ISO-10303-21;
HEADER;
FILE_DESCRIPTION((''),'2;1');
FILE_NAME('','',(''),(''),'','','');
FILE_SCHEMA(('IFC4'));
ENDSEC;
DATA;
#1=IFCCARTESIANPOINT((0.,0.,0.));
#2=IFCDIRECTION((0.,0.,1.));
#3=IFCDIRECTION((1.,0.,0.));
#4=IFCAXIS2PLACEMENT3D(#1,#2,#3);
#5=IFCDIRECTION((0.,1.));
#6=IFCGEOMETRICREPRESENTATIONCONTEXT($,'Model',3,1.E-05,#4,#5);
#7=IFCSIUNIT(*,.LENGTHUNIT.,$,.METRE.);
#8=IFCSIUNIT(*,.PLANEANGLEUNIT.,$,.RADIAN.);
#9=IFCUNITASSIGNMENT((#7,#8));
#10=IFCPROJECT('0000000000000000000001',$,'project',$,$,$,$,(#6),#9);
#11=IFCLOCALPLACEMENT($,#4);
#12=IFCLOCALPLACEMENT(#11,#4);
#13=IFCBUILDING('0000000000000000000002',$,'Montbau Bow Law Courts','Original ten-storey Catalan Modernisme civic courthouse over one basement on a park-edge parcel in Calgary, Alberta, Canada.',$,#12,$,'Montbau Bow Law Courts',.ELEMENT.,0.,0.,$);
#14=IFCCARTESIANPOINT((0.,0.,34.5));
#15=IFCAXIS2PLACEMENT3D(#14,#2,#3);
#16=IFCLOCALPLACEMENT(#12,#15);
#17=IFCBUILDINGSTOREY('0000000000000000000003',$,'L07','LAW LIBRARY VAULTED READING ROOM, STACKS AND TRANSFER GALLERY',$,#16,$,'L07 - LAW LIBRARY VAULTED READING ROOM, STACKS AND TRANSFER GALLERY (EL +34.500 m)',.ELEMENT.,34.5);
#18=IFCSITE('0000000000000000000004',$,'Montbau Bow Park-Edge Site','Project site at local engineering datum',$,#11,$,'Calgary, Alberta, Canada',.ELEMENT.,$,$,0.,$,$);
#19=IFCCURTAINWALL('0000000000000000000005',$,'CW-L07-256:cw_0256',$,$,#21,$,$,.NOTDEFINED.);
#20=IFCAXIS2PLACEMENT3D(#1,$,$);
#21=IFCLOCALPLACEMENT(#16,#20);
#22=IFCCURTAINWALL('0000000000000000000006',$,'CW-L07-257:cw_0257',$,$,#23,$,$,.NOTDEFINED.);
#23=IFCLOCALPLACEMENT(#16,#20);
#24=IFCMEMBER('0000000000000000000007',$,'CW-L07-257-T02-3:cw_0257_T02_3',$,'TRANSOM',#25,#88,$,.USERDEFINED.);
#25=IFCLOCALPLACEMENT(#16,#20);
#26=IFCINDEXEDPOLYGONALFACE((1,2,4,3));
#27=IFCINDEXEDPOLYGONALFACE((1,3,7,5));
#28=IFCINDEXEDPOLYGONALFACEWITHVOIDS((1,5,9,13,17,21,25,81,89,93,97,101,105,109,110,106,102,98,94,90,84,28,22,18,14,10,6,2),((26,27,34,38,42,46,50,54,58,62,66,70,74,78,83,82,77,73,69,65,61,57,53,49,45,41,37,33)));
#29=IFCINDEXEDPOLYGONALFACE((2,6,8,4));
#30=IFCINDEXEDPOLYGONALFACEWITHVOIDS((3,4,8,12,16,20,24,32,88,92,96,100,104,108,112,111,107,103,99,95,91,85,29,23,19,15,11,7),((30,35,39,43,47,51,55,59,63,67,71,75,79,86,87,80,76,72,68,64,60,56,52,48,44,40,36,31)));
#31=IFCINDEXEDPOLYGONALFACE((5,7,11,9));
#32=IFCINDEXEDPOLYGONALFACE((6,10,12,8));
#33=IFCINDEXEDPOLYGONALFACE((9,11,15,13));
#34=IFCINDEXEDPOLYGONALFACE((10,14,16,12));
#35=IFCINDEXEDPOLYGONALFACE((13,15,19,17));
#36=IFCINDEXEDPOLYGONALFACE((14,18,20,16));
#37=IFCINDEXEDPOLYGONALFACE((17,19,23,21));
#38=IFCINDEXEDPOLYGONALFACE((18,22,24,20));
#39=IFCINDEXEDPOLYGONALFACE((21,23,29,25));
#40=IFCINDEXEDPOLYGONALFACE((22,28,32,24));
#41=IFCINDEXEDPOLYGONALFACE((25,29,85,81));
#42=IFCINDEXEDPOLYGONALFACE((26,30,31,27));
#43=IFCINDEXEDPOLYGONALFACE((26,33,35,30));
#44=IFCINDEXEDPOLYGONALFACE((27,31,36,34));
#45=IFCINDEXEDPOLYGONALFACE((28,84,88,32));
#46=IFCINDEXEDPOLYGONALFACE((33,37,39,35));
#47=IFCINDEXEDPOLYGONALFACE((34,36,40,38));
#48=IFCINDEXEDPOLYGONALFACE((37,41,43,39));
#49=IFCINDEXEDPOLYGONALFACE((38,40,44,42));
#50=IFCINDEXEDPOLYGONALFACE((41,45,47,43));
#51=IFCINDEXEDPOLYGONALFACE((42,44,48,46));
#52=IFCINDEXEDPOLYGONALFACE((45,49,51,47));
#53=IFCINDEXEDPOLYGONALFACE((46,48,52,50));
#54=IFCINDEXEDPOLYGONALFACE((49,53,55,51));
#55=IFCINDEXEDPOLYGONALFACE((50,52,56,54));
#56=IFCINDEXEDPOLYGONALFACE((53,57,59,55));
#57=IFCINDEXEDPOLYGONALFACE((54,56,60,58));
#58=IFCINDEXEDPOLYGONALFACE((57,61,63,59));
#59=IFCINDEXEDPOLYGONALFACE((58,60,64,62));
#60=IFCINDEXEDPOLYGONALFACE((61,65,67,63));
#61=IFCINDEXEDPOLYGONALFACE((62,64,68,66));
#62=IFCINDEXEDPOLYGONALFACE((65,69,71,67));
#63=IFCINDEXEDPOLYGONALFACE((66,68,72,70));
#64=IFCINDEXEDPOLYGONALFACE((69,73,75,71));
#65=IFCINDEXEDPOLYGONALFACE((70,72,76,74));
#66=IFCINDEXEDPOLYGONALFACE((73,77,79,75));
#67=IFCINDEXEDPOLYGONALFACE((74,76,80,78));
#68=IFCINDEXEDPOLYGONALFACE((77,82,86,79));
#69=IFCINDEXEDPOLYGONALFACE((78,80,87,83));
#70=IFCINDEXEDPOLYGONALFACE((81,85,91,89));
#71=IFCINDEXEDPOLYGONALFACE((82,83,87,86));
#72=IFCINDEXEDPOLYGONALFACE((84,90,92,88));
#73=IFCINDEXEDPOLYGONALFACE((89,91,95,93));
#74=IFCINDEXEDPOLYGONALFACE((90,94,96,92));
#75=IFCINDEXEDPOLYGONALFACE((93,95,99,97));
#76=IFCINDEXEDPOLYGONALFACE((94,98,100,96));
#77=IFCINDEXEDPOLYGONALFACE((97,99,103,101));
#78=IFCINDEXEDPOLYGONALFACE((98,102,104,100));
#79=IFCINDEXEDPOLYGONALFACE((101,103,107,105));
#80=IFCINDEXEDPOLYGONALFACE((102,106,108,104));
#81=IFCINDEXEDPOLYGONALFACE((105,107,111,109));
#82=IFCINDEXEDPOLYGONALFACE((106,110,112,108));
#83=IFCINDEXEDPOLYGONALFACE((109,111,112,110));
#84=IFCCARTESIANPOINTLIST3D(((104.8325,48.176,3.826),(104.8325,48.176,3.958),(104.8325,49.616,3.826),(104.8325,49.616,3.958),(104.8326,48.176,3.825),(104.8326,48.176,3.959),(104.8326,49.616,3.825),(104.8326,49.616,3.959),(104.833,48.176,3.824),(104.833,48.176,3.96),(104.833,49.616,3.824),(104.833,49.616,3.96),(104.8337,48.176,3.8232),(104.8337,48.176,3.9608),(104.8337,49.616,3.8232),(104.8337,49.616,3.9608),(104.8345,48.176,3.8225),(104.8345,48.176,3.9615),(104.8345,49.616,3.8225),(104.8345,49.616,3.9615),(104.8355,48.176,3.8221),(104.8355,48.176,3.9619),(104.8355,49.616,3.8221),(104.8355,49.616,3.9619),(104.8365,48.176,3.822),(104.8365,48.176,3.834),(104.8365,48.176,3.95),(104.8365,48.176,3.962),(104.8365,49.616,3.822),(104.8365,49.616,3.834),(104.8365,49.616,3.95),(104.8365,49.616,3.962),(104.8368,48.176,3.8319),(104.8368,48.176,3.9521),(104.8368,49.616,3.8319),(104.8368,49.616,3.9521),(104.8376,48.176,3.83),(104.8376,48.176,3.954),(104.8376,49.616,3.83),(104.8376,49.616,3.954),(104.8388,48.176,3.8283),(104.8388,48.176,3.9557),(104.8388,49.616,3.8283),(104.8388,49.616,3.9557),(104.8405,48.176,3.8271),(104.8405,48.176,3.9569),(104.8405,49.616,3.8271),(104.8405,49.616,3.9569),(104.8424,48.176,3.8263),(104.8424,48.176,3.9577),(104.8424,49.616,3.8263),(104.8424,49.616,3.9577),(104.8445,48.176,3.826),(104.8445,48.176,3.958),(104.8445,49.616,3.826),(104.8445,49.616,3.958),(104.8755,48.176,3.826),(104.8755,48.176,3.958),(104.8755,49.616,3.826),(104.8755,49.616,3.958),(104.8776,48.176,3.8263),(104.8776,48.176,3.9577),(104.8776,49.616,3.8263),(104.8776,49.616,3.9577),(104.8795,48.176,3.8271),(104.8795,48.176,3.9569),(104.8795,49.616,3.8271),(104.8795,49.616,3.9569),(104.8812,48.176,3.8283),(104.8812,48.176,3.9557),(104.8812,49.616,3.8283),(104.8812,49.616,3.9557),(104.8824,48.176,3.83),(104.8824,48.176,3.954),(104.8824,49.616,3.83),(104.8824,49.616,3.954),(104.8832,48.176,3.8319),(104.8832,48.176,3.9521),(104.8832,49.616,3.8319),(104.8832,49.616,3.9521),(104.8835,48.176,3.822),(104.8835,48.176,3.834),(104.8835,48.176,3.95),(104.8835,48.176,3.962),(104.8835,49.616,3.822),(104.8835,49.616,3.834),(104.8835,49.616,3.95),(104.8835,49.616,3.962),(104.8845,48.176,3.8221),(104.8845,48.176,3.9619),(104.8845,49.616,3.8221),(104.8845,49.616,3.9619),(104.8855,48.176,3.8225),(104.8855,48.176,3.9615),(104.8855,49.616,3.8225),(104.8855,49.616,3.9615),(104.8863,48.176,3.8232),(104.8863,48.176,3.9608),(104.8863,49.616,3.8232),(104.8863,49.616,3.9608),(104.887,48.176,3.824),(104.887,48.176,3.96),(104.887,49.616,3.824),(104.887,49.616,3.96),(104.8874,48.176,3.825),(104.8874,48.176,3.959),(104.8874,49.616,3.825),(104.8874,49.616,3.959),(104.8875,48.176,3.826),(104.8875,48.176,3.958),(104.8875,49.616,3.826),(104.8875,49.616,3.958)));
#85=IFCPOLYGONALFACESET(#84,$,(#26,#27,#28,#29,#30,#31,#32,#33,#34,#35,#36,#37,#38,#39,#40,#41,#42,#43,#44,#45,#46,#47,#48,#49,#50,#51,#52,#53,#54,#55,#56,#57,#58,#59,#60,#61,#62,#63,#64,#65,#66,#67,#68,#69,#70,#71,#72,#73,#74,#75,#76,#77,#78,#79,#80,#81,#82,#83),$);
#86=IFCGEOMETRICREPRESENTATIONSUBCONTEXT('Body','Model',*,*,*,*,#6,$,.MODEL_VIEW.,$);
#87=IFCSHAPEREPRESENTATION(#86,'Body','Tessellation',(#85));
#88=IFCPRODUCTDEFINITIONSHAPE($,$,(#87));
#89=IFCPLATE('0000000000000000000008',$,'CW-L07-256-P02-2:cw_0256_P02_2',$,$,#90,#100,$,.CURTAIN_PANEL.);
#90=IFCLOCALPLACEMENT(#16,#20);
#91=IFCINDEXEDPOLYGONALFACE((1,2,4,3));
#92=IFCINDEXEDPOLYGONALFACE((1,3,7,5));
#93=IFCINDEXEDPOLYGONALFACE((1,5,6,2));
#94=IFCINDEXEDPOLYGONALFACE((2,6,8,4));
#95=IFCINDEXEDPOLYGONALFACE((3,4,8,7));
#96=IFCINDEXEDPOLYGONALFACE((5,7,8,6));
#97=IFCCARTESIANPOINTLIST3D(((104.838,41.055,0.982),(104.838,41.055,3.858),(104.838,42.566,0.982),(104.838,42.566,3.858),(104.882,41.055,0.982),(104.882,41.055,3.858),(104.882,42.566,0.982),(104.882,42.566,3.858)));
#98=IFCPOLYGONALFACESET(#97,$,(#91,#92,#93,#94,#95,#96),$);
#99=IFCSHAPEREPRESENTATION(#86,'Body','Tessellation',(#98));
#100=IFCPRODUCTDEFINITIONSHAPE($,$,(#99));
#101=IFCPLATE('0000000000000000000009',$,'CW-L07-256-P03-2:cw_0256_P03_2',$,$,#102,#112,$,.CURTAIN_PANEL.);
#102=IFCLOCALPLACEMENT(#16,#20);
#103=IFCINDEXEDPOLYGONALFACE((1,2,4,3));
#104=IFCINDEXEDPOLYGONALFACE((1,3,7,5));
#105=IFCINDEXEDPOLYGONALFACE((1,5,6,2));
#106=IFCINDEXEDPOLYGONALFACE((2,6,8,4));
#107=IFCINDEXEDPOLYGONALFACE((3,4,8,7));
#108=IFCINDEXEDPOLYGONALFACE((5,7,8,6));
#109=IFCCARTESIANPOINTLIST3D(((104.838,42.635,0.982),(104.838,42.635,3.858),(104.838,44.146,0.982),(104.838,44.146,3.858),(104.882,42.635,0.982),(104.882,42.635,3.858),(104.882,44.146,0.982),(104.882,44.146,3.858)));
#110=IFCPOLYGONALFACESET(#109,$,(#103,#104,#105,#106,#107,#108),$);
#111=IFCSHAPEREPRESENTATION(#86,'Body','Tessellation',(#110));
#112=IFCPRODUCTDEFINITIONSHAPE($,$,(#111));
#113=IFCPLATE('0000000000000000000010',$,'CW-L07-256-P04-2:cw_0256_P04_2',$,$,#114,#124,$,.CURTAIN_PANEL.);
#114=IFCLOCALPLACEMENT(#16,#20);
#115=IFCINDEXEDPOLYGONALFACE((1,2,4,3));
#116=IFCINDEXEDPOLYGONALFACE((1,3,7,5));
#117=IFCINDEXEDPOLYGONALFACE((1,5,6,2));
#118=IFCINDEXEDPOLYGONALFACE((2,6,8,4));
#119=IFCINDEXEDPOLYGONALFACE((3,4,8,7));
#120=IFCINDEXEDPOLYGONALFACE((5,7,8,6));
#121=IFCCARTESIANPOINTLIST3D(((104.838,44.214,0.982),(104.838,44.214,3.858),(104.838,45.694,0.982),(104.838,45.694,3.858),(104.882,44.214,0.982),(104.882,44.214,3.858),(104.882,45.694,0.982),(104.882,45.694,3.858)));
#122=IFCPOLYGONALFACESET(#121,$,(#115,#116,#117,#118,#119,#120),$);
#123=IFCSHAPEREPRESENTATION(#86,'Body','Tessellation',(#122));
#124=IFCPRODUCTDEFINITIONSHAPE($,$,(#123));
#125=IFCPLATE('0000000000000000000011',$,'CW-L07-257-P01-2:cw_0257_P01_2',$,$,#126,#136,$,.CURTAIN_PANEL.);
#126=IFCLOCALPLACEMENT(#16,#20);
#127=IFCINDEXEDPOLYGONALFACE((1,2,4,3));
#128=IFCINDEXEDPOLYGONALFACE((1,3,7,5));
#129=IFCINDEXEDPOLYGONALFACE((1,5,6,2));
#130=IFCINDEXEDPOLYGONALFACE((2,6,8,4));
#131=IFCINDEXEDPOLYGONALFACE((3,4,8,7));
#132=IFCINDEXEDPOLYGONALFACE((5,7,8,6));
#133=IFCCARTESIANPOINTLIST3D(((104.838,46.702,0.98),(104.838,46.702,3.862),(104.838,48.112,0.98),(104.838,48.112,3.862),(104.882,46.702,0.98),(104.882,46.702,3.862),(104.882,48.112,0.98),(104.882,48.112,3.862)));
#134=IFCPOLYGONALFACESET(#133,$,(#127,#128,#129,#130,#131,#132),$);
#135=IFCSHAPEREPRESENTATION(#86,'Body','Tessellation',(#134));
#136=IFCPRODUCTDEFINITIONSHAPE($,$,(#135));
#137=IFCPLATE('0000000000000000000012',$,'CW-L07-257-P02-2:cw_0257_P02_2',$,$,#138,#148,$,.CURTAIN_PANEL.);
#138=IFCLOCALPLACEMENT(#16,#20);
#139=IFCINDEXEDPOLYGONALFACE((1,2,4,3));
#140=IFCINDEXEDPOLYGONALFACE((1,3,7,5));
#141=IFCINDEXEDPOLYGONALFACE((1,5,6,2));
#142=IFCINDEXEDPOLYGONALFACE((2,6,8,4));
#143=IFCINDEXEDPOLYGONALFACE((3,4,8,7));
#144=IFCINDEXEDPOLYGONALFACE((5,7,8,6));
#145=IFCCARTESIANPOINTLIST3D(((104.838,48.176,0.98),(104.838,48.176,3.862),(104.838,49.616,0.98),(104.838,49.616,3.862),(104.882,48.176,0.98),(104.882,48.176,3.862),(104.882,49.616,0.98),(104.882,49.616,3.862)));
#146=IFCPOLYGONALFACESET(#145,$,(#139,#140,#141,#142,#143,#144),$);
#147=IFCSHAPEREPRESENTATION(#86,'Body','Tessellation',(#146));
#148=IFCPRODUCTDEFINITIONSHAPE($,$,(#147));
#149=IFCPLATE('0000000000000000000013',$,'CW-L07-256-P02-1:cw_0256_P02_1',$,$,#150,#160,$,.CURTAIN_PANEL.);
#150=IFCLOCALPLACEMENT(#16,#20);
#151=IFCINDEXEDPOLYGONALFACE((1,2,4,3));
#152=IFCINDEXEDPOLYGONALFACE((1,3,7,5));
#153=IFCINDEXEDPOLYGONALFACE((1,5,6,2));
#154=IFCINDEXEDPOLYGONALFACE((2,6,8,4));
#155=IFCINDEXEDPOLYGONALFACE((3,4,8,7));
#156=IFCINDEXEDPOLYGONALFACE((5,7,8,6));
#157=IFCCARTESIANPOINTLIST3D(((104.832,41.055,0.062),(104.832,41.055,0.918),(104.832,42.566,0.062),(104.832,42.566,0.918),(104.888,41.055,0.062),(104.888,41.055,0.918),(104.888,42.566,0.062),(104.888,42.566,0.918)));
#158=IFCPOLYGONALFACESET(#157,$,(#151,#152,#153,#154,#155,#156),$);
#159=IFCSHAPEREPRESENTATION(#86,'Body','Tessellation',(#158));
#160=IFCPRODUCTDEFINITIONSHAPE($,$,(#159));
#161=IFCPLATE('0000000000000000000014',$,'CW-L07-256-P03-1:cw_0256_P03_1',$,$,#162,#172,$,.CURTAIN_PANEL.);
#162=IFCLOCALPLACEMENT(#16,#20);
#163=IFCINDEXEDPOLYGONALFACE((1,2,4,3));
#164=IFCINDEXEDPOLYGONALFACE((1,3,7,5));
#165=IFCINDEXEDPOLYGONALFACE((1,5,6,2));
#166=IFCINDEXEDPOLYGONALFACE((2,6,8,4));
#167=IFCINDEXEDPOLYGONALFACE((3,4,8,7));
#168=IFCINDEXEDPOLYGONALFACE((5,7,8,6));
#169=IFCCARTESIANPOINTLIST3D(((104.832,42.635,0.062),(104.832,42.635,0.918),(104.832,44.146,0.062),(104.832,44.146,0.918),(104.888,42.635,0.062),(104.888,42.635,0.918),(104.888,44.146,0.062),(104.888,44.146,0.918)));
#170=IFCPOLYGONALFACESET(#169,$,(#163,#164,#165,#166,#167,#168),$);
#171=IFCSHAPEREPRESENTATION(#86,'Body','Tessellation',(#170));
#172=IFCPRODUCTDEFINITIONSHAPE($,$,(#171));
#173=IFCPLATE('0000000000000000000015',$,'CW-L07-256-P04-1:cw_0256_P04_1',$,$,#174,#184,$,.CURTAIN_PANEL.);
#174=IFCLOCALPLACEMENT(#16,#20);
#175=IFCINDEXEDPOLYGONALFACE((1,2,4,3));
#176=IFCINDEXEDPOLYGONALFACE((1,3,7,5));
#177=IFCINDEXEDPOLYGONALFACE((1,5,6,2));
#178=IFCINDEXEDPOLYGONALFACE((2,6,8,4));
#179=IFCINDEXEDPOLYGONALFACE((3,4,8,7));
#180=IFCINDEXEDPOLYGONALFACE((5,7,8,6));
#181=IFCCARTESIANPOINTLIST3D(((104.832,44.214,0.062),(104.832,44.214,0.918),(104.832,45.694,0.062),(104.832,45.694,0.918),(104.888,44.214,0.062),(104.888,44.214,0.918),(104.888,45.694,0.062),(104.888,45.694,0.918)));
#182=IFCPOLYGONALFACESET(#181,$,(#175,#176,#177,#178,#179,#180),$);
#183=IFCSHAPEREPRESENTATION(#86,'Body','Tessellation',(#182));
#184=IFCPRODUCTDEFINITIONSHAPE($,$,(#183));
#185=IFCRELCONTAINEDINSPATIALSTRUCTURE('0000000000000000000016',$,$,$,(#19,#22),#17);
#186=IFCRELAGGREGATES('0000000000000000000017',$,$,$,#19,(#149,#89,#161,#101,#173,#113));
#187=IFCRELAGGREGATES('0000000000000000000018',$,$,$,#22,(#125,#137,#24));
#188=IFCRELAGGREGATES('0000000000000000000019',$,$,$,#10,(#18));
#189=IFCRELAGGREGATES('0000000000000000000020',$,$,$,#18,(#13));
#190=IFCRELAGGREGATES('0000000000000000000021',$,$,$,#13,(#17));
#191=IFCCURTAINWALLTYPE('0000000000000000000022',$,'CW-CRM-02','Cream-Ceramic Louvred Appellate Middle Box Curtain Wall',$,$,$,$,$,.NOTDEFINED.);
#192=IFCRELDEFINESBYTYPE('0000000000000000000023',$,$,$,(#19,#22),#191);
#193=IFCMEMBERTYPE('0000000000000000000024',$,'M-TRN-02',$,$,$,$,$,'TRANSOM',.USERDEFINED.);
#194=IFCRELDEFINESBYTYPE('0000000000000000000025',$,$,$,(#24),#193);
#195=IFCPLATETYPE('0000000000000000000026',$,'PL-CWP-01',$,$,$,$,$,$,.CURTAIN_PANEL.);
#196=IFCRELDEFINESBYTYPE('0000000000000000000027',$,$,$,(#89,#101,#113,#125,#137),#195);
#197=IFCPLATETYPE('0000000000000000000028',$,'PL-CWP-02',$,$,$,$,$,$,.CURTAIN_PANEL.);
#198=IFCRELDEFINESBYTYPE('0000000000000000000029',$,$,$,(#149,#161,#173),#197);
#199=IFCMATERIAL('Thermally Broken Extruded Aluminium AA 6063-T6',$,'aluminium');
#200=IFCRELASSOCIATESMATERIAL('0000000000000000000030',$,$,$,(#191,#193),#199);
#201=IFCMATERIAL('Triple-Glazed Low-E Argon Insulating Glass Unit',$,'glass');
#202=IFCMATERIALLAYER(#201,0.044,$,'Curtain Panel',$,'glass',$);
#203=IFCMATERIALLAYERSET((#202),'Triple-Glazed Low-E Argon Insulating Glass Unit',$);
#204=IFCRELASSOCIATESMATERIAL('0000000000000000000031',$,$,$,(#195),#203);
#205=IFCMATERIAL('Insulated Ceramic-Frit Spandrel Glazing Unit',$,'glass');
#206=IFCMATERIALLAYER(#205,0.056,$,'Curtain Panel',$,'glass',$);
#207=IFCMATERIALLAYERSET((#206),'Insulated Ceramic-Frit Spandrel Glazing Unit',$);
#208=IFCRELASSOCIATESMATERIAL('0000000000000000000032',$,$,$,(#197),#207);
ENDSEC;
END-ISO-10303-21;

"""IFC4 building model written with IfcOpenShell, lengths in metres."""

from ifc_helpers import new_model, si_unit, direction, frame, frame_2d, origin_with_axes, origin_2d_with_axis, place, context, subcontext, project, spatial, rectangle, hollow_rectangle, extrude, material, layer, layer_set, material_profile, profile_set, type_object, element, aggregate, save


model = new_model("IFC4")

# Units and contexts
model_context = context("Model", 3, precision=1e-05, world=origin_with_axes(), true_north=direction((0.0, 1.0)))
body_context = subcontext(model_context, "Body", "Model", "MODEL_VIEW")
ifc_project = project(units=[si_unit("LENGTHUNIT", "METRE"), si_unit("PLANEANGLEUNIT", "RADIAN")], contexts=[model_context])

# Site, building, storey
site_placement = place(None, origin_with_axes())
site = spatial("IfcSite", under=ifc_project, at=site_placement, Name="Montbau Bow Park-Edge Site", Description="Project site at local engineering datum", LongName="Calgary, Alberta, Canada", CompositionType="ELEMENT", RefElevation=0.0)
building_placement = place(site_placement, origin_with_axes())
building = spatial("IfcBuilding", under=site, at=building_placement, Name="Montbau Bow Law Courts", Description="Original ten-storey Catalan Modernisme civic courthouse over one basement on a park-edge parcel in Calgary, Alberta, Canada.", LongName="Montbau Bow Law Courts", CompositionType="ELEMENT", ElevationOfRefHeight=0.0, ElevationOfTerrain=0.0)
storey_placement = place(building_placement, frame((0.0, 0.0, 34.5), z_axis=(0.0, 0.0, 1.0), x_axis=(1.0, 0.0, 0.0)))
storey = spatial("IfcBuildingStorey", under=building, at=storey_placement, Name="L07", Description="LAW LIBRARY VAULTED READING ROOM, STACKS AND TRANSFER GALLERY", LongName="L07 - LAW LIBRARY VAULTED READING ROOM, STACKS AND TRANSFER GALLERY (EL +34.500 m)", CompositionType="ELEMENT", Elevation=34.5)

# Curtain walls
ifc_material_1 = material(Name="Thermally Broken Extruded Aluminium AA 6063-T6", Category="aluminium")
curtain_wall_type = type_object("IfcCurtainWallType", Name="CW-CRM-02", Description="Cream-Ceramic Louvred Appellate Middle Box Curtain Wall", PredefinedType="NOTDEFINED", material=ifc_material_1)
curtain_wall_1_placement = place(None, frame((104.86, 39.44, 34.5), z_axis=(0.0, 0.0, 1.0), x_axis=(1.0, 0.0, 0.0)))
curtain_wall_1 = element("IfcCurtainWall", 1, at=curtain_wall_1_placement, inside=storey, type_object=curtain_wall_type, Name="CW-L07-256:cw_0256", PredefinedType="NOTDEFINED")
curtain_wall_2_placement = place(None, frame((104.86, 46.64, 34.5), z_axis=(0.0, 0.0, 1.0), x_axis=(1.0, 0.0, 0.0)))
curtain_wall_2 = element("IfcCurtainWall", 2, at=curtain_wall_2_placement, inside=storey, type_object=curtain_wall_type, Name="CW-L07-257:cw_0257", PredefinedType="NOTDEFINED")

# Member
ifc_material_profile_1 = material_profile(ifc_material_1, hollow_rectangle(XDim=0.055, YDim=0.14, WallThickness=0.004, InnerFilletRadius=0.008, OuterFilletRadius=0.004, at=origin_2d_with_axis()), Name="CWT-140X55", Category="Main", Priority=0)
ifc_profile_set_1 = profile_set([ifc_material_profile_1], Name="Thermally Broken Extruded Aluminium AA 6063-T6")
member_type_1 = type_object("IfcMemberType", Name="M-TRN-02", ElementType="TRANSOM", PredefinedType="USERDEFINED", material=ifc_profile_set_1)
member_1_placement = place(None, frame((104.86, 48.176, 38.392), z_axis=(0.0, 1.0, 0.0), x_axis=(-1.0, 0.0, 0.0)))
member_1 = element("IfcMember", 3, at=member_1_placement, type_object=member_type_1, Name="CW-L07-257-T02-3:cw_0257_T02_3", ObjectType="TRANSOM", PredefinedType="USERDEFINED", context=body_context, shape_type="SweptSolid", body=[
    extrude(hollow_rectangle(XDim=0.055, YDim=0.14, WallThickness=0.004, InnerFilletRadius=0.008, OuterFilletRadius=0.004, at=origin_2d_with_axis()), origin_with_axes(), (0.0, 0.0, 1.0), 1.44),
])

# Plates
ifc_material_2 = material(Name="Triple-Glazed Low-E Argon Insulating Glass Unit", Category="glass")
ifc_layer_1 = layer(ifc_material_2, 0.044, Name="Curtain Panel", Category="glass")
ifc_layer_set_1 = layer_set([ifc_layer_1], Name="Triple-Glazed Low-E Argon Insulating Glass Unit")
plate_type_1 = type_object("IfcPlateType", Name="PL-CWP-01", PredefinedType="CURTAIN_PANEL", material=ifc_layer_set_1)
plate_1_placement = place(None, frame((104.86, 41.055, 35.482), z_axis=(1.0, 0.0, 0.0), x_axis=(0.0, 1.0, 0.0)))
plate_1 = element("IfcPlate", 4, at=plate_1_placement, type_object=plate_type_1, Name="CW-L07-256-P02-2:cw_0256_P02_2", PredefinedType="CURTAIN_PANEL", context=body_context, shape_type="SweptSolid", body=[
    extrude(rectangle(XDim=1.511, YDim=2.876, at=frame_2d((0.7555, 1.438), x_axis=(1.0, 0.0))), frame((0.0, 0.0, -0.022), z_axis=(0.0, 0.0, 1.0), x_axis=(1.0, 0.0, 0.0)), (0.0, 0.0, 1.0), 0.044),
])
plate_2_placement = place(None, frame((104.86, 42.635, 35.482), z_axis=(1.0, 0.0, 0.0), x_axis=(0.0, 1.0, 0.0)))
plate_2 = element("IfcPlate", 5, at=plate_2_placement, type_object=plate_type_1, Name="CW-L07-256-P03-2:cw_0256_P03_2", PredefinedType="CURTAIN_PANEL", context=body_context, shape_type="SweptSolid", body=[
    extrude(rectangle(XDim=1.511, YDim=2.876, at=frame_2d((0.7555, 1.438), x_axis=(1.0, 0.0))), frame((0.0, 0.0, -0.022), z_axis=(0.0, 0.0, 1.0), x_axis=(1.0, 0.0, 0.0)), (0.0, 0.0, 1.0), 0.044),
])
plate_3_placement = place(None, frame((104.86, 44.214, 35.482), z_axis=(1.0, 0.0, 0.0), x_axis=(0.0, 1.0, 0.0)))
plate_3 = element("IfcPlate", 6, at=plate_3_placement, type_object=plate_type_1, Name="CW-L07-256-P04-2:cw_0256_P04_2", PredefinedType="CURTAIN_PANEL", context=body_context, shape_type="SweptSolid", body=[
    extrude(rectangle(XDim=1.48, YDim=2.876, at=frame_2d((0.74, 1.438), x_axis=(1.0, 0.0))), frame((0.0, 0.0, -0.022), z_axis=(0.0, 0.0, 1.0), x_axis=(1.0, 0.0, 0.0)), (0.0, 0.0, 1.0), 0.044),
])
plate_4_placement = place(None, frame((104.86, 46.702, 35.48), z_axis=(1.0, 0.0, 0.0), x_axis=(0.0, 1.0, 0.0)))
plate_4 = element("IfcPlate", 7, at=plate_4_placement, type_object=plate_type_1, Name="CW-L07-257-P01-2:cw_0257_P01_2", PredefinedType="CURTAIN_PANEL", context=body_context, shape_type="SweptSolid", body=[
    extrude(rectangle(XDim=1.41, YDim=2.882, at=frame_2d((0.705, 1.441), x_axis=(1.0, 0.0))), frame((0.0, 0.0, -0.022), z_axis=(0.0, 0.0, 1.0), x_axis=(1.0, 0.0, 0.0)), (0.0, 0.0, 1.0), 0.044),
])
plate_5_placement = place(None, frame((104.86, 48.176, 35.48), z_axis=(1.0, 0.0, 0.0), x_axis=(0.0, 1.0, 0.0)))
plate_5 = element("IfcPlate", 8, at=plate_5_placement, type_object=plate_type_1, Name="CW-L07-257-P02-2:cw_0257_P02_2", PredefinedType="CURTAIN_PANEL", context=body_context, shape_type="SweptSolid", body=[
    extrude(rectangle(XDim=1.44, YDim=2.882, at=frame_2d((0.72, 1.441), x_axis=(1.0, 0.0))), frame((0.0, 0.0, -0.022), z_axis=(0.0, 0.0, 1.0), x_axis=(1.0, 0.0, 0.0)), (0.0, 0.0, 1.0), 0.044),
])
ifc_material_3 = material(Name="Insulated Ceramic-Frit Spandrel Glazing Unit", Category="glass")
ifc_layer_2 = layer(ifc_material_3, 0.056, Name="Curtain Panel", Category="glass")
ifc_layer_set_2 = layer_set([ifc_layer_2], Name="Insulated Ceramic-Frit Spandrel Glazing Unit")
plate_type_2 = type_object("IfcPlateType", Name="PL-CWP-02", PredefinedType="CURTAIN_PANEL", material=ifc_layer_set_2)
plate_6_placement = place(None, frame((104.86, 41.055, 34.562), z_axis=(1.0, 0.0, 0.0), x_axis=(0.0, 1.0, 0.0)))
plate_6 = element("IfcPlate", 9, at=plate_6_placement, type_object=plate_type_2, Name="CW-L07-256-P02-1:cw_0256_P02_1", PredefinedType="CURTAIN_PANEL", context=body_context, shape_type="SweptSolid", body=[
    extrude(rectangle(XDim=1.511, YDim=0.856, at=frame_2d((0.7555, 0.428), x_axis=(1.0, 0.0))), frame((0.0, 0.0, -0.028), z_axis=(0.0, 0.0, 1.0), x_axis=(1.0, 0.0, 0.0)), (0.0, 0.0, 1.0), 0.056),
])
plate_7_placement = place(None, frame((104.86, 42.635, 34.562), z_axis=(1.0, 0.0, 0.0), x_axis=(0.0, 1.0, 0.0)))
plate_7 = element("IfcPlate", 10, at=plate_7_placement, type_object=plate_type_2, Name="CW-L07-256-P03-1:cw_0256_P03_1", PredefinedType="CURTAIN_PANEL", context=body_context, shape_type="SweptSolid", body=[
    extrude(rectangle(XDim=1.511, YDim=0.856, at=frame_2d((0.7555, 0.428), x_axis=(1.0, 0.0))), frame((0.0, 0.0, -0.028), z_axis=(0.0, 0.0, 1.0), x_axis=(1.0, 0.0, 0.0)), (0.0, 0.0, 1.0), 0.056),
])
plate_8_placement = place(None, frame((104.86, 44.214, 34.562), z_axis=(1.0, 0.0, 0.0), x_axis=(0.0, 1.0, 0.0)))
plate_8 = element("IfcPlate", 11, at=plate_8_placement, type_object=plate_type_2, Name="CW-L07-256-P04-1:cw_0256_P04_1", PredefinedType="CURTAIN_PANEL", context=body_context, shape_type="SweptSolid", body=[
    extrude(rectangle(XDim=1.48, YDim=0.856, at=frame_2d((0.74, 0.428), x_axis=(1.0, 0.0))), frame((0.0, 0.0, -0.028), z_axis=(0.0, 0.0, 1.0), x_axis=(1.0, 0.0, 0.0)), (0.0, 0.0, 1.0), 0.056),
])
aggregate(curtain_wall_1, [plate_6, plate_1, plate_7, plate_2, plate_8, plate_3])
aggregate(curtain_wall_2, [plate_4, plate_5, member_1])

save(model, "model.ifc")
